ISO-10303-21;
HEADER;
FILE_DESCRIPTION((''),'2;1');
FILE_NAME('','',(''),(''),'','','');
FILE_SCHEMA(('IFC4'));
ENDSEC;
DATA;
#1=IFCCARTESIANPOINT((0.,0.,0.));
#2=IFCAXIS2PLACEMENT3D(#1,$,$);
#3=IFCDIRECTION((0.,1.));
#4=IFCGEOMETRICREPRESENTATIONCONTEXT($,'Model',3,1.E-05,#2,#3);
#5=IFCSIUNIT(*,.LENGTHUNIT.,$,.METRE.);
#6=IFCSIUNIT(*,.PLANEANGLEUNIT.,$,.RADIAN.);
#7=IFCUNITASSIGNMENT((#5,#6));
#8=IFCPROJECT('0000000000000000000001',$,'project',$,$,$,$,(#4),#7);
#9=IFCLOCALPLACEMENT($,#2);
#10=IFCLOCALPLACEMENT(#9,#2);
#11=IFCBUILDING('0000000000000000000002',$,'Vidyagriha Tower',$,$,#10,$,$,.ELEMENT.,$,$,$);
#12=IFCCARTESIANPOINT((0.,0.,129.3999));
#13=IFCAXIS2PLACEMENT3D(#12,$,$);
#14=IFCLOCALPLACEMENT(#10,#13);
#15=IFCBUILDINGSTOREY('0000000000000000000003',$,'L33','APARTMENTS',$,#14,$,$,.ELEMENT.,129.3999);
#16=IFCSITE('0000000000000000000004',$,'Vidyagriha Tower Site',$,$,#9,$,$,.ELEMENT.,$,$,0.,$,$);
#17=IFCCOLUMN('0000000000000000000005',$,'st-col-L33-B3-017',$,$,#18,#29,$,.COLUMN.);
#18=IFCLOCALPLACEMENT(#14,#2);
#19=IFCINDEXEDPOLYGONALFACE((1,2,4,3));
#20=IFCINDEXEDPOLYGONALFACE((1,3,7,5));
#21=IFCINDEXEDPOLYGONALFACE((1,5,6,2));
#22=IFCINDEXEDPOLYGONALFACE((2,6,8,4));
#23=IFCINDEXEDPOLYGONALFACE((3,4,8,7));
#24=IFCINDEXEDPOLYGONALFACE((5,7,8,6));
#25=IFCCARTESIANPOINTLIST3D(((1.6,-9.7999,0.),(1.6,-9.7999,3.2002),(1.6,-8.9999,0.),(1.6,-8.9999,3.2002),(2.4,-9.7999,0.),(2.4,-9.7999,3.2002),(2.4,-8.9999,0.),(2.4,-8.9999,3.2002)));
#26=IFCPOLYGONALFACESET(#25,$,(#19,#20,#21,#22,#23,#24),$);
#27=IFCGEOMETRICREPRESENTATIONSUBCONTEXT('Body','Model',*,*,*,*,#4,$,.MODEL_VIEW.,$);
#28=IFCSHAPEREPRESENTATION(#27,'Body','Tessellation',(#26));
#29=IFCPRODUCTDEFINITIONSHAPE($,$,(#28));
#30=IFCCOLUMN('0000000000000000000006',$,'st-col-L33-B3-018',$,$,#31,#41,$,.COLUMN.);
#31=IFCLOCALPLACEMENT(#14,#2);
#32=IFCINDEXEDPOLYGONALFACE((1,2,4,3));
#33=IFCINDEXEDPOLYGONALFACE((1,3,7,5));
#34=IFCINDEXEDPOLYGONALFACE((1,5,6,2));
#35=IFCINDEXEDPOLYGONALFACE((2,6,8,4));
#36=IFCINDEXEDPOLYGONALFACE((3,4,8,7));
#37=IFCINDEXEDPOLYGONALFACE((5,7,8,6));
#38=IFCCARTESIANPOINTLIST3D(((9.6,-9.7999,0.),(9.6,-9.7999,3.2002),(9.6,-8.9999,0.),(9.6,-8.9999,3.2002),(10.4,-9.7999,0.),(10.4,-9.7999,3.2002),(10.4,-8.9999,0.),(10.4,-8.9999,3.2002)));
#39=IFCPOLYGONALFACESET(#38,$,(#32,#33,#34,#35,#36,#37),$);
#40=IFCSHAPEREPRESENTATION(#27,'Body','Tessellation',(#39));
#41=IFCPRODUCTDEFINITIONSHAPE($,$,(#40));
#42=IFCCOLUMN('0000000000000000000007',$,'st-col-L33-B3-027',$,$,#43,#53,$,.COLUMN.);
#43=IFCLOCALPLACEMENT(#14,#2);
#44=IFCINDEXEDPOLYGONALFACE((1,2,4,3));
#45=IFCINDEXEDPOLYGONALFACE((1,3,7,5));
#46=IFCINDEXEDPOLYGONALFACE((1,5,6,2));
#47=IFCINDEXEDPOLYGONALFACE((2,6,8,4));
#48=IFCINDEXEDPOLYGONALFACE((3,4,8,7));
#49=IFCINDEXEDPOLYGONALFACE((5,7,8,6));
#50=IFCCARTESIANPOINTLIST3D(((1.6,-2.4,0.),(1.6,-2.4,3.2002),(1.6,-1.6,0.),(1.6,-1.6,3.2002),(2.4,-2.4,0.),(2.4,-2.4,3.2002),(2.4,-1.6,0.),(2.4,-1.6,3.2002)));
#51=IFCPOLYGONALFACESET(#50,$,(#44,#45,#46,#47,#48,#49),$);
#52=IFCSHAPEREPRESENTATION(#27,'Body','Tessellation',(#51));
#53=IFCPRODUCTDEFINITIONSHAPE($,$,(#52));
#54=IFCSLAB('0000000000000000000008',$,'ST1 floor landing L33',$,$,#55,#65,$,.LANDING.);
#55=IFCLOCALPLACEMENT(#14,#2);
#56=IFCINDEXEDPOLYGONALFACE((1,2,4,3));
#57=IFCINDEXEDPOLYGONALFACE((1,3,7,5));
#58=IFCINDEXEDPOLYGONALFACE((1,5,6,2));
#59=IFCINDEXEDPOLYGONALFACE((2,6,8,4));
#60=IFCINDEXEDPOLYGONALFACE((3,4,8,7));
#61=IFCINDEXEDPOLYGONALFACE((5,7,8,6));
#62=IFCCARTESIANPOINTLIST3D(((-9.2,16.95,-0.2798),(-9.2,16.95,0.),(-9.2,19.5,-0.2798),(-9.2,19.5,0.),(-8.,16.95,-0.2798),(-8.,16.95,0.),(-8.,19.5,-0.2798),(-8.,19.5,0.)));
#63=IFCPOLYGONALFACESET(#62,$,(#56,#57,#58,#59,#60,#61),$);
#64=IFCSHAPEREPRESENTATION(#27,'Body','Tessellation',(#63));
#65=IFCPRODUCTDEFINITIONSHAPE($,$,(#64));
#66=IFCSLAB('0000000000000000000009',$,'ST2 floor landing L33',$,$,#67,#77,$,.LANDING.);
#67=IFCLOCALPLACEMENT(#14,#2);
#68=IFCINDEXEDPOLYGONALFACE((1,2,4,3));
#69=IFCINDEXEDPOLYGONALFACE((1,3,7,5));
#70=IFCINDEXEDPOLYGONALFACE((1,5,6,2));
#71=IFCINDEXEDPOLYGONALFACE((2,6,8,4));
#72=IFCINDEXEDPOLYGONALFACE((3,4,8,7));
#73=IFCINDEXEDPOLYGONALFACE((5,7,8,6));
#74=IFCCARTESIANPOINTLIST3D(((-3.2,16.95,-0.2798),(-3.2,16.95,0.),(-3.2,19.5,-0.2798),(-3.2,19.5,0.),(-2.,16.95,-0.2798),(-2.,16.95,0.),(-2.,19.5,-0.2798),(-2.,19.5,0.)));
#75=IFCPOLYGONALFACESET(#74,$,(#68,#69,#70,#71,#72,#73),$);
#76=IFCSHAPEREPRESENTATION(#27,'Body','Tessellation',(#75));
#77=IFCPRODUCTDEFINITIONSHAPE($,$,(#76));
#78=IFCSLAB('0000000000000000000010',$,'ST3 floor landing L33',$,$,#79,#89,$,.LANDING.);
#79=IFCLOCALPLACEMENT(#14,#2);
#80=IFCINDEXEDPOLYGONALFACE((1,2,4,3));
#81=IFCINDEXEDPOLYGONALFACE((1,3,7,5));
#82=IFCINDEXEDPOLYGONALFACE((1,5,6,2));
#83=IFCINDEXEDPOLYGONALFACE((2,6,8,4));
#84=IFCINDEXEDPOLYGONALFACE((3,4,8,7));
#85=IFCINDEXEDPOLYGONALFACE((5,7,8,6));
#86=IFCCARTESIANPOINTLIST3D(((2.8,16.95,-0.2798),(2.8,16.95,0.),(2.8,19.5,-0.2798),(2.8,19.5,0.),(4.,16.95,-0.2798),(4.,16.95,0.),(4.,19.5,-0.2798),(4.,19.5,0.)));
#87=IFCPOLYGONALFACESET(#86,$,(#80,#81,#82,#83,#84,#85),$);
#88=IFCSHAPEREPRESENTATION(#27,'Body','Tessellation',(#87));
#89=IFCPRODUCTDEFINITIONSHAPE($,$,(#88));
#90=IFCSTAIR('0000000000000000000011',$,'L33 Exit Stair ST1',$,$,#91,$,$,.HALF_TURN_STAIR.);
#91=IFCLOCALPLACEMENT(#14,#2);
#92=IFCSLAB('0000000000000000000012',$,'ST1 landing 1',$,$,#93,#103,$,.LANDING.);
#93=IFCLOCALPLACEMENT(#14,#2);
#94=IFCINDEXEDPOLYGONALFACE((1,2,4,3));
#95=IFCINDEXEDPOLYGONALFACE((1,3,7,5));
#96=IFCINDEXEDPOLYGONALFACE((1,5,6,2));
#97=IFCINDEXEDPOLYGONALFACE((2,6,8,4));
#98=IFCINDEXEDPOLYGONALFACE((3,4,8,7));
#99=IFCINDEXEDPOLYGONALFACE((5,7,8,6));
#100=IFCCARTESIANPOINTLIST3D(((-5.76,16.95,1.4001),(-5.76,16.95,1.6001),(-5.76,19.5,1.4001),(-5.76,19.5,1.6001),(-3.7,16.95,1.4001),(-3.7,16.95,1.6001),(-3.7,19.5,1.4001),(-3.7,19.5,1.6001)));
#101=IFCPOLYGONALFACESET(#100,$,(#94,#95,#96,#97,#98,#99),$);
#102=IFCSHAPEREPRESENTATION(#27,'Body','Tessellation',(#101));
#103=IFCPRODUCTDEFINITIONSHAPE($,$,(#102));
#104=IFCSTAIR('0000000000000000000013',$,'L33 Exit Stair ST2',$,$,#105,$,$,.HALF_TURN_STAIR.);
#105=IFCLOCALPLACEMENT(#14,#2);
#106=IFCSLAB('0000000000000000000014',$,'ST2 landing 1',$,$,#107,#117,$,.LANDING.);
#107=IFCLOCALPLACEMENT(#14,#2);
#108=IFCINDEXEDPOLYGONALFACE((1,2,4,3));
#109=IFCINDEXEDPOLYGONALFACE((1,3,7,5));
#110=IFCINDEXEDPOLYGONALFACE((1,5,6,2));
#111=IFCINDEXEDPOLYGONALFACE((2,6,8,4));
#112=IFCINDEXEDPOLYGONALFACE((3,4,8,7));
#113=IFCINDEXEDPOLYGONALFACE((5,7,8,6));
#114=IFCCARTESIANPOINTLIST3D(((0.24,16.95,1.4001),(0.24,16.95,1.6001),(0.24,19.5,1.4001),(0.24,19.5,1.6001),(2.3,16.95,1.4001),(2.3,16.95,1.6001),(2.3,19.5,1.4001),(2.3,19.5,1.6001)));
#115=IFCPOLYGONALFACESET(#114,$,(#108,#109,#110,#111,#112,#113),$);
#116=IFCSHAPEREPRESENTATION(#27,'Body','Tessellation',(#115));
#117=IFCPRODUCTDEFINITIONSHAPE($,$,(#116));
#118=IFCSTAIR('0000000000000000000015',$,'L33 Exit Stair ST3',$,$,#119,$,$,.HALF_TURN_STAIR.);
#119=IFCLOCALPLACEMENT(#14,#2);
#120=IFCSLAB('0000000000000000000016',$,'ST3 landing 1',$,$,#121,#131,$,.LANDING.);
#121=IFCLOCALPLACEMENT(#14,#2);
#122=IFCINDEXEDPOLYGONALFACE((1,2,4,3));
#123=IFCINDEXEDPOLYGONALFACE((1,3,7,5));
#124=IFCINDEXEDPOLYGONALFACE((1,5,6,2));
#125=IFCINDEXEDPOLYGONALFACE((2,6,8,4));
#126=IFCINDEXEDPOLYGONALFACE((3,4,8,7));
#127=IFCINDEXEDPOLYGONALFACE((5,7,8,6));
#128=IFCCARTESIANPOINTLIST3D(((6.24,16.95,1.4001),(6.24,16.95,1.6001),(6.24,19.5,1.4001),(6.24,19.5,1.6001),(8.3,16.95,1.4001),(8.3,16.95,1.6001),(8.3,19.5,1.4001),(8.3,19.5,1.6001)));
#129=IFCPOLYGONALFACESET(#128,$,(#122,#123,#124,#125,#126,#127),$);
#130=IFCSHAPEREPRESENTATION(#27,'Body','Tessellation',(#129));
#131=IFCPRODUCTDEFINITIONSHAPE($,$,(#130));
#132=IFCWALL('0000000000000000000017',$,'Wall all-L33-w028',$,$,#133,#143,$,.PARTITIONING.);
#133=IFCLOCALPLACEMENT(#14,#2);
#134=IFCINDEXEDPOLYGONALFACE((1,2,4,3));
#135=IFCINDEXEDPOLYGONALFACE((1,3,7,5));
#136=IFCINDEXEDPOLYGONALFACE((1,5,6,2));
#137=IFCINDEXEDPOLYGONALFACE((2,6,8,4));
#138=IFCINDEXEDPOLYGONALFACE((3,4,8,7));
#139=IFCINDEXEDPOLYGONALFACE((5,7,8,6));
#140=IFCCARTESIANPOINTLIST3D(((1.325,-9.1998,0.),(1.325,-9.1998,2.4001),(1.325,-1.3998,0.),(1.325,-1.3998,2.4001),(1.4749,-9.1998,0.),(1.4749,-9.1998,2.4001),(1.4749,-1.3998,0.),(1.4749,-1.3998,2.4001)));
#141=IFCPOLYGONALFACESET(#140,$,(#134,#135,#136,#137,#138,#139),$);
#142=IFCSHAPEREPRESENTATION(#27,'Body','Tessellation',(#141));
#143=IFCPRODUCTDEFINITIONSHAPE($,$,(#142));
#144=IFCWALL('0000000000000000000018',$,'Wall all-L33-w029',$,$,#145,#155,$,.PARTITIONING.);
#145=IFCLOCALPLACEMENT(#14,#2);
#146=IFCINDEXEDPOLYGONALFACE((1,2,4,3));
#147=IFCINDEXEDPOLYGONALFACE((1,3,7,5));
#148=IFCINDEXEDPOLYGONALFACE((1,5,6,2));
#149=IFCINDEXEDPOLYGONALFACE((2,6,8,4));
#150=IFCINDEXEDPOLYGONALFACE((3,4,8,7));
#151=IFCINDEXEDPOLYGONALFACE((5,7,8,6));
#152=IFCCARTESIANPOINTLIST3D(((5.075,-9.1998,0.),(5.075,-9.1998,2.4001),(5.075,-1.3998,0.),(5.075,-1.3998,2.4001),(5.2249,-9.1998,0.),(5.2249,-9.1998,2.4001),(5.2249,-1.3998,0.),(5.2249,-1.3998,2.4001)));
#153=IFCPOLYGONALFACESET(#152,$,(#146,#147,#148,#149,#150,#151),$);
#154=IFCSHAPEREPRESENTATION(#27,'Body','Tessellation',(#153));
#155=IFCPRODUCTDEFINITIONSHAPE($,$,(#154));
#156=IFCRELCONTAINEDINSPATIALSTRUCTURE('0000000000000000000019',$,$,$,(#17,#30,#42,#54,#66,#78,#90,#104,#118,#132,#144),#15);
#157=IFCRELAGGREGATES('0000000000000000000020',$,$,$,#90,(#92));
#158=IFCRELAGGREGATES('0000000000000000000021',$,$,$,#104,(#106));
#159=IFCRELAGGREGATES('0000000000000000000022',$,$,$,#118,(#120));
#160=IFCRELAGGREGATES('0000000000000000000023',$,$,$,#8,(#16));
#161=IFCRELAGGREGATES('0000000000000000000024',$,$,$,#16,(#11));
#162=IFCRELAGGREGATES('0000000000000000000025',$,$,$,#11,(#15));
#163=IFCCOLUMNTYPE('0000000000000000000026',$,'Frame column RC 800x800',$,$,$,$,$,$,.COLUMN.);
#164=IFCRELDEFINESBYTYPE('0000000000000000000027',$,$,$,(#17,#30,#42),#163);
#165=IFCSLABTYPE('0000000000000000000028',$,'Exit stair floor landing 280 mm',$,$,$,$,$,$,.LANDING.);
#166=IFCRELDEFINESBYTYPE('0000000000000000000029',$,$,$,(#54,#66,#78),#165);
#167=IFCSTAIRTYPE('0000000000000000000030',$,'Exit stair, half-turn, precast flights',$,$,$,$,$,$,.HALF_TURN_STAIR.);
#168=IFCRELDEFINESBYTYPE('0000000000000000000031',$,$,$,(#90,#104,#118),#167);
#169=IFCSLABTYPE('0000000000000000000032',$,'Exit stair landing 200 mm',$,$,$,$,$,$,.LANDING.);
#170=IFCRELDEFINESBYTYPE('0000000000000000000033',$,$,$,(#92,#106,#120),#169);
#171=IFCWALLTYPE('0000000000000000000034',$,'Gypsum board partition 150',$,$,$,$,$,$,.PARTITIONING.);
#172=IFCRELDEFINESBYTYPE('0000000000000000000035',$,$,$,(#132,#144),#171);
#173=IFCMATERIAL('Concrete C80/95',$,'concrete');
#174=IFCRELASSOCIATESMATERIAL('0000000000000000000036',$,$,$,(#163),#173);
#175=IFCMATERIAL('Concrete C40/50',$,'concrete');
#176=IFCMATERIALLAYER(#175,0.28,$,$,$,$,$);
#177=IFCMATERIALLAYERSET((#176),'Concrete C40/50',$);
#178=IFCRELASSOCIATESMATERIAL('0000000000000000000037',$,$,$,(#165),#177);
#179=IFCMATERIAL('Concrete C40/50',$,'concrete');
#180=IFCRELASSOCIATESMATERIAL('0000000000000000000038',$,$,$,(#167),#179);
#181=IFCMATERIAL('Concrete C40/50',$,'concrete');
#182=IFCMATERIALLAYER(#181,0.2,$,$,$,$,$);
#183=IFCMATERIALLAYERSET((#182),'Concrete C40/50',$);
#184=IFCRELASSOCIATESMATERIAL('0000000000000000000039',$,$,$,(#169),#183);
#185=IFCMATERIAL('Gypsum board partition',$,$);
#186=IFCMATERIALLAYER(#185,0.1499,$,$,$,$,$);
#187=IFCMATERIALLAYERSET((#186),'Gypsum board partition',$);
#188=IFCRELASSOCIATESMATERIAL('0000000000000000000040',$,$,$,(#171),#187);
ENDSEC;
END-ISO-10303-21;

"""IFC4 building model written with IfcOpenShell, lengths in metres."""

from ifc_helpers import new_model, si_unit, direction, frame, frame_2d, origin, origin_2d, place, context, subcontext, project, spatial, polyline, rectangle, outline, extrude, material, layer, layer_set, material_profile, profile_set, type_object, element, aggregate, save


model = new_model("IFC4")

# Units and contexts
model_context = context("Model", 3, precision=1e-05, world=origin(), true_north=direction((0.0, 1.0)))
body_context = subcontext(model_context, "Body", "Model", "MODEL_VIEW")
ifc_project = project(units=[si_unit("LENGTHUNIT", "METRE"), si_unit("PLANEANGLEUNIT", "RADIAN")], contexts=[model_context])

# Site, building, storey
site_placement = place(None, origin())
site = spatial("IfcSite", under=ifc_project, at=site_placement, Name="Vidyagriha Tower Site", CompositionType="ELEMENT", RefElevation=0.0)
building_placement = place(site_placement, origin())
building = spatial("IfcBuilding", under=site, at=building_placement, Name="Vidyagriha Tower", CompositionType="ELEMENT")
storey_placement = place(building_placement, frame((0.0, 0.0, 129.3999)))
storey = spatial("IfcBuildingStorey", under=building, at=storey_placement, Name="L33", Description="APARTMENTS", CompositionType="ELEMENT", Elevation=129.3999)

# Columns
ifc_material_1 = material(Name="Concrete C80/95", Category="concrete")
ifc_material_profile = material_profile(ifc_material_1, rectangle(XDim=0.8, YDim=0.8, at=origin_2d()), Name="RC 800x800")
ifc_profile_set = profile_set([ifc_material_profile], Name="Concrete C80/95")
column_type = type_object("IfcColumnType", Name="Frame column RC 800x800", PredefinedType="COLUMN", material=ifc_profile_set)
for number, where, name in (
    (1, (2.0, -9.3999, 0.0), "st-col-L33-B3-017"),
    (2, (10.0, -9.3999, 0.0), "st-col-L33-B3-018"),
    (3, (2.0, -2.0, 0.0), "st-col-L33-B3-027"),
):
    element("IfcColumn", number, at=place(storey_placement, frame(where)), inside=storey, type_object=column_type, Name=name, PredefinedType="COLUMN", context=body_context, shape_type="SweptSolid", body=[
        extrude(rectangle(XDim=0.8, YDim=0.8, at=origin_2d()), origin(), (0.0, 0.0, 1.0), 3.2002),
    ])

# Slabs
ifc_material_2 = material(Name="Concrete C40/50", Category="concrete")
ifc_layer_1 = layer(ifc_material_2, 0.28)
ifc_layer_set_1 = layer_set([ifc_layer_1], Name="Concrete C40/50")
slab_type_1 = type_object("IfcSlabType", Name="Exit stair floor landing 280 mm", PredefinedType="LANDING", material=ifc_layer_set_1)
slab_1_placement = place(storey_placement, frame((0.0, 0.0, -0.2798)))
element("IfcSlab", 4, at=slab_1_placement, inside=storey, type_object=slab_type_1, Name="ST1 floor landing L33", PredefinedType="LANDING", context=body_context, shape_type="SweptSolid", body=[
    extrude(outline(polyline([(-9.2, 16.95), (-8.0, 16.95), (-8.0, 19.5), (-9.2, 19.5), (-9.2, 16.95)])), origin(), (0.0, 0.0, 1.0), 0.2798),
])
slab_2_placement = place(storey_placement, frame((0.0, 0.0, -0.2798)))
element("IfcSlab", 5, at=slab_2_placement, inside=storey, type_object=slab_type_1, Name="ST2 floor landing L33", PredefinedType="LANDING", context=body_context, shape_type="SweptSolid", body=[
    extrude(outline(polyline([(-3.2, 16.95), (-2.0, 16.95), (-2.0, 19.5), (-3.2, 19.5), (-3.2, 16.95)])), origin(), (0.0, 0.0, 1.0), 0.2798),
])
slab_3_placement = place(storey_placement, frame((0.0, 0.0, -0.2798)))
element("IfcSlab", 6, at=slab_3_placement, inside=storey, type_object=slab_type_1, Name="ST3 floor landing L33", PredefinedType="LANDING", context=body_context, shape_type="SweptSolid", body=[
    extrude(outline(polyline([(2.8, 16.95), (4.0, 16.95), (4.0, 19.5), (2.8, 19.5), (2.8, 16.95)])), origin(), (0.0, 0.0, 1.0), 0.2798),
])

# Stairs, slabs
ifc_material_3 = material(Name="Concrete C40/50", Category="concrete")
stair_type = type_object("IfcStairType", Name="Exit stair, half-turn, precast flights", PredefinedType="HALF_TURN_STAIR", material=ifc_material_3)
stair_1_placement = place(storey_placement, origin())
stair_1 = element("IfcStair", 7, at=stair_1_placement, inside=storey, type_object=stair_type, Name="L33 Exit Stair ST1", PredefinedType="HALF_TURN_STAIR")
ifc_material_4 = material(Name="Concrete C40/50", Category="concrete")
ifc_layer_2 = layer(ifc_material_4, 0.2)
ifc_layer_set_2 = layer_set([ifc_layer_2], Name="Concrete C40/50")
slab_type_2 = type_object("IfcSlabType", Name="Exit stair landing 200 mm", PredefinedType="LANDING", material=ifc_layer_set_2)
slab_4_placement = place(storey_placement, frame((0.0, 0.0, 1.4001)))
slab_4 = element("IfcSlab", 8, at=slab_4_placement, type_object=slab_type_2, Name="ST1 landing 1", PredefinedType="LANDING", context=body_context, shape_type="SweptSolid", body=[
    extrude(outline(polyline([(-5.76, 16.95), (-3.7, 16.95), (-3.7, 19.5), (-5.76, 19.5), (-5.76, 16.95)])), origin(), (0.0, 0.0, 1.0), 0.2),
])
aggregate(stair_1, [slab_4])
stair_2_placement = place(storey_placement, origin())
stair_2 = element("IfcStair", 9, at=stair_2_placement, inside=storey, type_object=stair_type, Name="L33 Exit Stair ST2", PredefinedType="HALF_TURN_STAIR")
slab_5_placement = place(storey_placement, frame((0.0, 0.0, 1.4001)))
slab_5 = element("IfcSlab", 10, at=slab_5_placement, type_object=slab_type_2, Name="ST2 landing 1", PredefinedType="LANDING", context=body_context, shape_type="SweptSolid", body=[
    extrude(outline(polyline([(0.24, 16.95), (2.3, 16.95), (2.3, 19.5), (0.24, 19.5), (0.24, 16.95)])), origin(), (0.0, 0.0, 1.0), 0.2),
])
aggregate(stair_2, [slab_5])
stair_3_placement = place(storey_placement, origin())
stair_3 = element("IfcStair", 11, at=stair_3_placement, inside=storey, type_object=stair_type, Name="L33 Exit Stair ST3", PredefinedType="HALF_TURN_STAIR")
slab_6_placement = place(storey_placement, frame((0.0, 0.0, 1.4001)))
slab_6 = element("IfcSlab", 12, at=slab_6_placement, type_object=slab_type_2, Name="ST3 landing 1", PredefinedType="LANDING", context=body_context, shape_type="SweptSolid", body=[
    extrude(outline(polyline([(6.24, 16.95), (8.3, 16.95), (8.3, 19.5), (6.24, 19.5), (6.24, 16.95)])), origin(), (0.0, 0.0, 1.0), 0.2),
])
aggregate(stair_3, [slab_6])

# Walls
ifc_material_5 = material(Name="Gypsum board partition")
ifc_layer_3 = layer(ifc_material_5, 0.1499)
ifc_layer_set_3 = layer_set([ifc_layer_3], Name="Gypsum board partition")
wall_type = type_object("IfcWallType", Name="Gypsum board partition 150", PredefinedType="PARTITIONING", material=ifc_layer_set_3)
for number, where, z_axis, x_axis, name in (
    (13, (1.3999, -1.3999, 0.0), (0.0, 0.0, 1.0), (0.0, -1.0, 0.0), "Wall all-L33-w028"),
    (14, (5.1499, -1.3999, 0.0), (0.0, 0.0, 1.0), (0.0, -1.0, 0.0), "Wall all-L33-w029"),
):
    element("IfcWall", number, at=place(storey_placement, frame(where, z_axis=z_axis, x_axis=x_axis)), inside=storey, type_object=wall_type, Name=name, PredefinedType="PARTITIONING", context=body_context, shape_type="SweptSolid", body=[
        extrude(rectangle(XDim=7.8, YDim=0.1499, at=frame_2d((3.8999, 0.0))), origin(), (0.0, 0.0, 1.0), 2.4001),
    ])

save(model, "model.ifc")
